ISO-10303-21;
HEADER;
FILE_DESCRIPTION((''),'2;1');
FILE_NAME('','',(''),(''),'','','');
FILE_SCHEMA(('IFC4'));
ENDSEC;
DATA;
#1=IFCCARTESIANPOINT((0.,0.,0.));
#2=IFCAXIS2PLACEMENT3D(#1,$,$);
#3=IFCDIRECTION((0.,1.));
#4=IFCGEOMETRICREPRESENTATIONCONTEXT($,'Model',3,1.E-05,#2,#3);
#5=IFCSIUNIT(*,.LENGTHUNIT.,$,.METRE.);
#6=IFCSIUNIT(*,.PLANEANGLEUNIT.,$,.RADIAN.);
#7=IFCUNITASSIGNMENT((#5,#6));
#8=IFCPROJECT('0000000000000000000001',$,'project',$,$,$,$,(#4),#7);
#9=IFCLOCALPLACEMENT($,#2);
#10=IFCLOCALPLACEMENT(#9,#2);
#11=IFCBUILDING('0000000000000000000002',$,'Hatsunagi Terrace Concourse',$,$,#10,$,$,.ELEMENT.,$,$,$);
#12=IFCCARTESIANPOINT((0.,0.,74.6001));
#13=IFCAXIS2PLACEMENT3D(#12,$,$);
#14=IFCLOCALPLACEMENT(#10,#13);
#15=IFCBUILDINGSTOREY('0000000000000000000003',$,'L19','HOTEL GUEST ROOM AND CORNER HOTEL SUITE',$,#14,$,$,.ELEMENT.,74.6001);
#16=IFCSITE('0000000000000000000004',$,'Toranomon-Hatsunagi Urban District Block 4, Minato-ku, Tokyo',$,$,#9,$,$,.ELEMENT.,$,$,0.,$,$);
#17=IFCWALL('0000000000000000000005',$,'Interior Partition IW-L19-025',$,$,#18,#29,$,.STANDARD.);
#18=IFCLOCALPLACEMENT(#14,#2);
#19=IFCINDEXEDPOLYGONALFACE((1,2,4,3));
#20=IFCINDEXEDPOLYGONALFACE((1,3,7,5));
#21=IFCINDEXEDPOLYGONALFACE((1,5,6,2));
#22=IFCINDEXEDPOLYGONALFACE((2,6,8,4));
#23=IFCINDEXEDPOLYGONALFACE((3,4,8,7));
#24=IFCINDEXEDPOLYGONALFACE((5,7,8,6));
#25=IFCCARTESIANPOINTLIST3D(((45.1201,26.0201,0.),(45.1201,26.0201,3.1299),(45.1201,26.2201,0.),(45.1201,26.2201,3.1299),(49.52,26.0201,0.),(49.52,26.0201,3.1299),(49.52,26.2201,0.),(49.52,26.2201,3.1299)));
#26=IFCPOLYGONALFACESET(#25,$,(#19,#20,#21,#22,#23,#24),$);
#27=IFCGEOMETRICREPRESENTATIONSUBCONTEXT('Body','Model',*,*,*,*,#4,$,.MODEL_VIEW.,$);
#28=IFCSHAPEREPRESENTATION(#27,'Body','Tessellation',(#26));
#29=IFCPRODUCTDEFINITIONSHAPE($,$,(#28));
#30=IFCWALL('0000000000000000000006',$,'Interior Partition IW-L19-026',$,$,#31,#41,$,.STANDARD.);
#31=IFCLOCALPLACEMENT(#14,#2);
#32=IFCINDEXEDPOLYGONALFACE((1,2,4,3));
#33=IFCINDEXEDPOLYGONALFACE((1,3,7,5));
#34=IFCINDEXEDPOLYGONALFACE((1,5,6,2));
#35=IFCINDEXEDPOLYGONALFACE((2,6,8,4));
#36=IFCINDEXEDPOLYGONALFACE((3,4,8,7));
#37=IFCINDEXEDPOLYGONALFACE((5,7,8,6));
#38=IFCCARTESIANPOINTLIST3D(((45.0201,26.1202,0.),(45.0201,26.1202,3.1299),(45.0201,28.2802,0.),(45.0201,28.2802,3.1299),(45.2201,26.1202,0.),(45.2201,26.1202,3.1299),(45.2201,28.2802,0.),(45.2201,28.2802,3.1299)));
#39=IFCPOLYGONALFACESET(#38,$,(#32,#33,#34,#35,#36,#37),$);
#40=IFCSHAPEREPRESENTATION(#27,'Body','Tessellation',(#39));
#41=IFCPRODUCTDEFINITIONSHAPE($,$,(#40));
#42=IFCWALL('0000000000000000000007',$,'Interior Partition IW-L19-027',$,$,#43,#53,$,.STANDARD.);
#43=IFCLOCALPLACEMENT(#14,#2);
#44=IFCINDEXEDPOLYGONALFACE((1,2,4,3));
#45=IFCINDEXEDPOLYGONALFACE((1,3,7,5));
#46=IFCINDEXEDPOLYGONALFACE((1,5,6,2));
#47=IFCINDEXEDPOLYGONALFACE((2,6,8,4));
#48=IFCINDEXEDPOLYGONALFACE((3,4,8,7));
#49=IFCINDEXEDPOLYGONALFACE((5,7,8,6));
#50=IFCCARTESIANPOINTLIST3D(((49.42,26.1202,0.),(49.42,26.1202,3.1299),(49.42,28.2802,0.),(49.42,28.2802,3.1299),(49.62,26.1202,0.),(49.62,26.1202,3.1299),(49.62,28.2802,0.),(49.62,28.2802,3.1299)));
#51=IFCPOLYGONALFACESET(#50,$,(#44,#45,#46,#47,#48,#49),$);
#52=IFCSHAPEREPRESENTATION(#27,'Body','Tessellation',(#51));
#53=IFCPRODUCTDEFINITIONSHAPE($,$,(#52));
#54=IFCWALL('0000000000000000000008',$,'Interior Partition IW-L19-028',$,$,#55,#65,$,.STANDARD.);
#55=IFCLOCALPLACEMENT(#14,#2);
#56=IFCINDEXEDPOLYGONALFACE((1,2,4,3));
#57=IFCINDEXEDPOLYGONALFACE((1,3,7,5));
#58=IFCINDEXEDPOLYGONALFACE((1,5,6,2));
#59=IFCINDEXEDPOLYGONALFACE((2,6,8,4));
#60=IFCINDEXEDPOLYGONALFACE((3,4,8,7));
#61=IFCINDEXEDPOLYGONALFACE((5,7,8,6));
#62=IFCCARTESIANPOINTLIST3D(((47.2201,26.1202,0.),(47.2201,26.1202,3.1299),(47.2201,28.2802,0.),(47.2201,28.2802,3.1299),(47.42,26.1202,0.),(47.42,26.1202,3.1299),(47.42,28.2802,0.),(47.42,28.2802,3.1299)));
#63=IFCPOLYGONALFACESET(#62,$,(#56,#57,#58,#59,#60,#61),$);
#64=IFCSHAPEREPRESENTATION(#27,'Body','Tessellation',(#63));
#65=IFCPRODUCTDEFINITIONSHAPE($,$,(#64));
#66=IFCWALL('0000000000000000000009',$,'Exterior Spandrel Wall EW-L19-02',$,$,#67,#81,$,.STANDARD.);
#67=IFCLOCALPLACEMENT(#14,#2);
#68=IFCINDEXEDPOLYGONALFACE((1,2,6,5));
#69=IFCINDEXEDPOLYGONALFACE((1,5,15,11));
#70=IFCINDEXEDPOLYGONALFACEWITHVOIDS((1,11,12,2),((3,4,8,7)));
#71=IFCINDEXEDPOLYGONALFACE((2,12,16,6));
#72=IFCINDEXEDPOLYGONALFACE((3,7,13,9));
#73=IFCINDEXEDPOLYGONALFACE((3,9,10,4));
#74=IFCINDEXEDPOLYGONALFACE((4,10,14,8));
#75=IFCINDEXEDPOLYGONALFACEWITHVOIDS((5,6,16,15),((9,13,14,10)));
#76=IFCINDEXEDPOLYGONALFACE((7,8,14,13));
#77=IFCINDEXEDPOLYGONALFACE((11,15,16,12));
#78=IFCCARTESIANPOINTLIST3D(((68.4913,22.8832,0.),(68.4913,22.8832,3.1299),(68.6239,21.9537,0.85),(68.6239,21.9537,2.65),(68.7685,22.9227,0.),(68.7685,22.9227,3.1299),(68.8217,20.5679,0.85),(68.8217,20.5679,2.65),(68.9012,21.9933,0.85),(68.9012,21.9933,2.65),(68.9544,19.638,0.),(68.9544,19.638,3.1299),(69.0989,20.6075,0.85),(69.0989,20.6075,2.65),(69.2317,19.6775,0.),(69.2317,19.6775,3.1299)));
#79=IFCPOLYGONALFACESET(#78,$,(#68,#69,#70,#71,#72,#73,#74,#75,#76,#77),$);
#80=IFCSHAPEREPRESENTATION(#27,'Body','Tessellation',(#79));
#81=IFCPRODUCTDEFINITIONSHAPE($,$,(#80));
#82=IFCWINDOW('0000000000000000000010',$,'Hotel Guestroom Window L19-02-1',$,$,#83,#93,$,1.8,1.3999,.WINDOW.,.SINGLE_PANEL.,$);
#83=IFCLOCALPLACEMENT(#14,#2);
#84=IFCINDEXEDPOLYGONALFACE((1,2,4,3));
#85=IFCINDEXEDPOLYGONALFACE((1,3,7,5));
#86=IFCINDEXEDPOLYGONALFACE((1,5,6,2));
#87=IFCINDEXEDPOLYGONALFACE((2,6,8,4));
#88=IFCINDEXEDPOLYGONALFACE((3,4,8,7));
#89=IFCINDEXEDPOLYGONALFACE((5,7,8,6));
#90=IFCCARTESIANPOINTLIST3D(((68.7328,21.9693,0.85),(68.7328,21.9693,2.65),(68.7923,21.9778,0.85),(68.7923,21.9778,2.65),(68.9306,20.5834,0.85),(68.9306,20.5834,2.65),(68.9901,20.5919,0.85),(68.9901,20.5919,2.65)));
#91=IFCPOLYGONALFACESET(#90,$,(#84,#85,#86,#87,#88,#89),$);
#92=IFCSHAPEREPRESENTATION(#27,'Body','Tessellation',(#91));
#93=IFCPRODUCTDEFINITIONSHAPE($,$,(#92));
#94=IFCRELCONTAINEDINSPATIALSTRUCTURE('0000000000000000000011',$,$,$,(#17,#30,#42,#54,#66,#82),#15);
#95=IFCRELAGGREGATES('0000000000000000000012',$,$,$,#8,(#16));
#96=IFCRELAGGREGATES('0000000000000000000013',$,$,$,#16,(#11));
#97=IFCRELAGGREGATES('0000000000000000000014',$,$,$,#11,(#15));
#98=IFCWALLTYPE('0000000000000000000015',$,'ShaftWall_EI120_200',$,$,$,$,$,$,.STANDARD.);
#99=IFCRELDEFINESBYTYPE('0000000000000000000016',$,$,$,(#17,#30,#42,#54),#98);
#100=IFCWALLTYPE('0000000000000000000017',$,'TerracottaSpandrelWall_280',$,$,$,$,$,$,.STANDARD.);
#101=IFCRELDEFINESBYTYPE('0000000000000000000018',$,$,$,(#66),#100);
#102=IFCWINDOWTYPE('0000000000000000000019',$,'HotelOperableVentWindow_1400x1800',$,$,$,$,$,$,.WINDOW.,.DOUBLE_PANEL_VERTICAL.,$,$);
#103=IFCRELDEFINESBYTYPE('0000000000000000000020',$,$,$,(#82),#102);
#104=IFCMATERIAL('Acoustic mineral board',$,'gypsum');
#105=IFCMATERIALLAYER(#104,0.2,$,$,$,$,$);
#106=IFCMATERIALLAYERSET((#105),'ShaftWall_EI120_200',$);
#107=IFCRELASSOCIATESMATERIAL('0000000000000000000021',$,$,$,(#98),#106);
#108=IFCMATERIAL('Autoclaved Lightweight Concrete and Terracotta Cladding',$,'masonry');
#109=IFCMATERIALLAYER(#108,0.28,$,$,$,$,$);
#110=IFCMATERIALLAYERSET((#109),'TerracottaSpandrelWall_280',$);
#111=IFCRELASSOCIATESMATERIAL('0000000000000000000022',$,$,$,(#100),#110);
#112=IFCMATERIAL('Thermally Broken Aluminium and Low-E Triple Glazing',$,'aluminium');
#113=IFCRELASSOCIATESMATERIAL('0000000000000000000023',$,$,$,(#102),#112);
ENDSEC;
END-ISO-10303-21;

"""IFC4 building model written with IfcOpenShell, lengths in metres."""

from ifc_helpers import new_model, si_unit, direction, frame, frame_2d, origin, place, context, subcontext, project, spatial, rectangle, extrude, material, layer, layer_set, type_object, element, fill, save


model = new_model("IFC4")

# Units and contexts
model_context = context("Model", 3, precision=1e-05, world=origin(), true_north=direction((0.0, 1.0)))
body_context = subcontext(model_context, "Body", "Model", "MODEL_VIEW")
ifc_project = project(units=[si_unit("LENGTHUNIT", "METRE"), si_unit("PLANEANGLEUNIT", "RADIAN")], contexts=[model_context])

# Site, building, storey
site_placement = place(None, origin())
site = spatial("IfcSite", under=ifc_project, at=site_placement, Name="Toranomon-Hatsunagi Urban District Block 4, Minato-ku, Tokyo", CompositionType="ELEMENT", RefElevation=0.0)
building_placement = place(site_placement, origin())
building = spatial("IfcBuilding", under=site, at=building_placement, Name="Hatsunagi Terrace Concourse", CompositionType="ELEMENT")
storey_placement = place(building_placement, frame((0.0, 0.0, 74.6001)))
storey = spatial("IfcBuildingStorey", under=building, at=storey_placement, Name="L19", Description="HOTEL GUEST ROOM AND CORNER HOTEL SUITE", CompositionType="ELEMENT", Elevation=74.6001)

# Walls
ifc_material_1 = material(Name="Acoustic mineral board", Category="gypsum")
ifc_layer_1 = layer(ifc_material_1, 0.2)
ifc_layer_set_1 = layer_set([ifc_layer_1], Name="ShaftWall_EI120_200")
wall_type_1 = type_object("IfcWallType", Name="ShaftWall_EI120_200", PredefinedType="STANDARD", material=ifc_layer_set_1)
wall_1_placement = place(storey_placement, frame((45.1201, 26.1201, 0.0), z_axis=(0.0, 0.0, 1.0), x_axis=(1.0, 0.0, 0.0)))
element("IfcWall", 1, at=wall_1_placement, inside=storey, type_object=wall_type_1, Name="Interior Partition IW-L19-025", PredefinedType="STANDARD", context=body_context, shape_type="SweptSolid", body=[
    extrude(rectangle(XDim=4.3999, YDim=0.2, at=frame_2d((2.2, 0.0))), origin(), (0.0, 0.0, 1.0), 3.1299),
])
for number, where, z_axis, x_axis, name in (
    (2, (45.1201, 26.1201, 0.0), (0.0, 0.0, 1.0), (0.0, 1.0, 0.0), "Interior Partition IW-L19-026"),
    (3, (49.52, 26.1201, 0.0), (0.0, 0.0, 1.0), (0.0, 1.0, 0.0), "Interior Partition IW-L19-027"),
    (4, (47.3201, 26.1201, 0.0), (0.0, 0.0, 1.0), (0.0, 1.0, 0.0), "Interior Partition IW-L19-028"),
):
    element("IfcWall", number, at=place(storey_placement, frame(where, z_axis=z_axis, x_axis=x_axis)), inside=storey, type_object=wall_type_1, Name=name, PredefinedType="STANDARD", context=body_context, shape_type="SweptSolid", body=[
        extrude(rectangle(XDim=2.1599, YDim=0.2, at=frame_2d((1.0801, 0.0))), origin(), (0.0, 0.0, 1.0), 3.1299),
    ])

# Wall, opening, window
ifc_material_2 = material(Name="Autoclaved Lightweight Concrete and Terracotta Cladding", Category="masonry")
ifc_layer_2 = layer(ifc_material_2, 0.28)
ifc_layer_set_2 = layer_set([ifc_layer_2], Name="TerracottaSpandrelWall_280")
wall_type_2 = type_object("IfcWallType", Name="TerracottaSpandrelWall_280", PredefinedType="STANDARD", material=ifc_layer_set_2)
wall_2_placement = place(storey_placement, frame((68.6299, 22.9031, 0.0), z_axis=(0.0, 0.0, 1.0), x_axis=(0.141286, -0.989969, 0.0)))
wall_2 = element("IfcWall", 5, at=wall_2_placement, inside=storey, type_object=wall_type_2, Name="Exterior Spandrel Wall EW-L19-02", PredefinedType="STANDARD", context=body_context, shape_type="SweptSolid", body=[
    extrude(rectangle(XDim=3.2781, YDim=0.28, at=frame_2d((1.6392, 0.0))), origin(), (0.0, 0.0, 1.0), 3.1299),
])
opening_1_placement = place(wall_2_placement, frame((0.939, 0.0, 0.8501)))
opening_1 = element("IfcOpeningElement", 6, at=opening_1_placement, cuts=wall_2, PredefinedType="OPENING", context=body_context, shape_type="SweptSolid", body=[
    extrude(rectangle(XDim=1.3999, YDim=1.8, at=frame_2d((0.7, 0.8999))), frame((0.0, 0.1499, 0.0), z_axis=(0.0, -1.0, 0.0), x_axis=(1.0, 0.0, 0.0)), (0.0, 0.0, 1.0), 0.3),
])
ifc_material_3 = material(Name="Thermally Broken Aluminium and Low-E Triple Glazing", Category="aluminium")
window_type = type_object("IfcWindowType", Name="HotelOperableVentWindow_1400x1800", PartitioningType="DOUBLE_PANEL_VERTICAL", PredefinedType="WINDOW", material=ifc_material_3)
window_placement = place(opening_1_placement, origin())
window = element("IfcWindow", 7, at=window_placement, inside=storey, type_object=window_type, Name="Hotel Guestroom Window L19-02-1", OverallHeight=1.8, OverallWidth=1.3999, PartitioningType="SINGLE_PANEL", PredefinedType="WINDOW", context=body_context, shape_type="SweptSolid", body=[
    extrude(rectangle(XDim=1.3999, YDim=1.8, at=frame_2d((0.7, 0.8999))), frame((0.0, 0.03, 0.0), z_axis=(0.0, -1.0, 0.0), x_axis=(1.0, 0.0, 0.0)), (0.0, 0.0, 1.0), 0.0601),
])
fill(opening_1, window)

save(model, "model.ifc")
